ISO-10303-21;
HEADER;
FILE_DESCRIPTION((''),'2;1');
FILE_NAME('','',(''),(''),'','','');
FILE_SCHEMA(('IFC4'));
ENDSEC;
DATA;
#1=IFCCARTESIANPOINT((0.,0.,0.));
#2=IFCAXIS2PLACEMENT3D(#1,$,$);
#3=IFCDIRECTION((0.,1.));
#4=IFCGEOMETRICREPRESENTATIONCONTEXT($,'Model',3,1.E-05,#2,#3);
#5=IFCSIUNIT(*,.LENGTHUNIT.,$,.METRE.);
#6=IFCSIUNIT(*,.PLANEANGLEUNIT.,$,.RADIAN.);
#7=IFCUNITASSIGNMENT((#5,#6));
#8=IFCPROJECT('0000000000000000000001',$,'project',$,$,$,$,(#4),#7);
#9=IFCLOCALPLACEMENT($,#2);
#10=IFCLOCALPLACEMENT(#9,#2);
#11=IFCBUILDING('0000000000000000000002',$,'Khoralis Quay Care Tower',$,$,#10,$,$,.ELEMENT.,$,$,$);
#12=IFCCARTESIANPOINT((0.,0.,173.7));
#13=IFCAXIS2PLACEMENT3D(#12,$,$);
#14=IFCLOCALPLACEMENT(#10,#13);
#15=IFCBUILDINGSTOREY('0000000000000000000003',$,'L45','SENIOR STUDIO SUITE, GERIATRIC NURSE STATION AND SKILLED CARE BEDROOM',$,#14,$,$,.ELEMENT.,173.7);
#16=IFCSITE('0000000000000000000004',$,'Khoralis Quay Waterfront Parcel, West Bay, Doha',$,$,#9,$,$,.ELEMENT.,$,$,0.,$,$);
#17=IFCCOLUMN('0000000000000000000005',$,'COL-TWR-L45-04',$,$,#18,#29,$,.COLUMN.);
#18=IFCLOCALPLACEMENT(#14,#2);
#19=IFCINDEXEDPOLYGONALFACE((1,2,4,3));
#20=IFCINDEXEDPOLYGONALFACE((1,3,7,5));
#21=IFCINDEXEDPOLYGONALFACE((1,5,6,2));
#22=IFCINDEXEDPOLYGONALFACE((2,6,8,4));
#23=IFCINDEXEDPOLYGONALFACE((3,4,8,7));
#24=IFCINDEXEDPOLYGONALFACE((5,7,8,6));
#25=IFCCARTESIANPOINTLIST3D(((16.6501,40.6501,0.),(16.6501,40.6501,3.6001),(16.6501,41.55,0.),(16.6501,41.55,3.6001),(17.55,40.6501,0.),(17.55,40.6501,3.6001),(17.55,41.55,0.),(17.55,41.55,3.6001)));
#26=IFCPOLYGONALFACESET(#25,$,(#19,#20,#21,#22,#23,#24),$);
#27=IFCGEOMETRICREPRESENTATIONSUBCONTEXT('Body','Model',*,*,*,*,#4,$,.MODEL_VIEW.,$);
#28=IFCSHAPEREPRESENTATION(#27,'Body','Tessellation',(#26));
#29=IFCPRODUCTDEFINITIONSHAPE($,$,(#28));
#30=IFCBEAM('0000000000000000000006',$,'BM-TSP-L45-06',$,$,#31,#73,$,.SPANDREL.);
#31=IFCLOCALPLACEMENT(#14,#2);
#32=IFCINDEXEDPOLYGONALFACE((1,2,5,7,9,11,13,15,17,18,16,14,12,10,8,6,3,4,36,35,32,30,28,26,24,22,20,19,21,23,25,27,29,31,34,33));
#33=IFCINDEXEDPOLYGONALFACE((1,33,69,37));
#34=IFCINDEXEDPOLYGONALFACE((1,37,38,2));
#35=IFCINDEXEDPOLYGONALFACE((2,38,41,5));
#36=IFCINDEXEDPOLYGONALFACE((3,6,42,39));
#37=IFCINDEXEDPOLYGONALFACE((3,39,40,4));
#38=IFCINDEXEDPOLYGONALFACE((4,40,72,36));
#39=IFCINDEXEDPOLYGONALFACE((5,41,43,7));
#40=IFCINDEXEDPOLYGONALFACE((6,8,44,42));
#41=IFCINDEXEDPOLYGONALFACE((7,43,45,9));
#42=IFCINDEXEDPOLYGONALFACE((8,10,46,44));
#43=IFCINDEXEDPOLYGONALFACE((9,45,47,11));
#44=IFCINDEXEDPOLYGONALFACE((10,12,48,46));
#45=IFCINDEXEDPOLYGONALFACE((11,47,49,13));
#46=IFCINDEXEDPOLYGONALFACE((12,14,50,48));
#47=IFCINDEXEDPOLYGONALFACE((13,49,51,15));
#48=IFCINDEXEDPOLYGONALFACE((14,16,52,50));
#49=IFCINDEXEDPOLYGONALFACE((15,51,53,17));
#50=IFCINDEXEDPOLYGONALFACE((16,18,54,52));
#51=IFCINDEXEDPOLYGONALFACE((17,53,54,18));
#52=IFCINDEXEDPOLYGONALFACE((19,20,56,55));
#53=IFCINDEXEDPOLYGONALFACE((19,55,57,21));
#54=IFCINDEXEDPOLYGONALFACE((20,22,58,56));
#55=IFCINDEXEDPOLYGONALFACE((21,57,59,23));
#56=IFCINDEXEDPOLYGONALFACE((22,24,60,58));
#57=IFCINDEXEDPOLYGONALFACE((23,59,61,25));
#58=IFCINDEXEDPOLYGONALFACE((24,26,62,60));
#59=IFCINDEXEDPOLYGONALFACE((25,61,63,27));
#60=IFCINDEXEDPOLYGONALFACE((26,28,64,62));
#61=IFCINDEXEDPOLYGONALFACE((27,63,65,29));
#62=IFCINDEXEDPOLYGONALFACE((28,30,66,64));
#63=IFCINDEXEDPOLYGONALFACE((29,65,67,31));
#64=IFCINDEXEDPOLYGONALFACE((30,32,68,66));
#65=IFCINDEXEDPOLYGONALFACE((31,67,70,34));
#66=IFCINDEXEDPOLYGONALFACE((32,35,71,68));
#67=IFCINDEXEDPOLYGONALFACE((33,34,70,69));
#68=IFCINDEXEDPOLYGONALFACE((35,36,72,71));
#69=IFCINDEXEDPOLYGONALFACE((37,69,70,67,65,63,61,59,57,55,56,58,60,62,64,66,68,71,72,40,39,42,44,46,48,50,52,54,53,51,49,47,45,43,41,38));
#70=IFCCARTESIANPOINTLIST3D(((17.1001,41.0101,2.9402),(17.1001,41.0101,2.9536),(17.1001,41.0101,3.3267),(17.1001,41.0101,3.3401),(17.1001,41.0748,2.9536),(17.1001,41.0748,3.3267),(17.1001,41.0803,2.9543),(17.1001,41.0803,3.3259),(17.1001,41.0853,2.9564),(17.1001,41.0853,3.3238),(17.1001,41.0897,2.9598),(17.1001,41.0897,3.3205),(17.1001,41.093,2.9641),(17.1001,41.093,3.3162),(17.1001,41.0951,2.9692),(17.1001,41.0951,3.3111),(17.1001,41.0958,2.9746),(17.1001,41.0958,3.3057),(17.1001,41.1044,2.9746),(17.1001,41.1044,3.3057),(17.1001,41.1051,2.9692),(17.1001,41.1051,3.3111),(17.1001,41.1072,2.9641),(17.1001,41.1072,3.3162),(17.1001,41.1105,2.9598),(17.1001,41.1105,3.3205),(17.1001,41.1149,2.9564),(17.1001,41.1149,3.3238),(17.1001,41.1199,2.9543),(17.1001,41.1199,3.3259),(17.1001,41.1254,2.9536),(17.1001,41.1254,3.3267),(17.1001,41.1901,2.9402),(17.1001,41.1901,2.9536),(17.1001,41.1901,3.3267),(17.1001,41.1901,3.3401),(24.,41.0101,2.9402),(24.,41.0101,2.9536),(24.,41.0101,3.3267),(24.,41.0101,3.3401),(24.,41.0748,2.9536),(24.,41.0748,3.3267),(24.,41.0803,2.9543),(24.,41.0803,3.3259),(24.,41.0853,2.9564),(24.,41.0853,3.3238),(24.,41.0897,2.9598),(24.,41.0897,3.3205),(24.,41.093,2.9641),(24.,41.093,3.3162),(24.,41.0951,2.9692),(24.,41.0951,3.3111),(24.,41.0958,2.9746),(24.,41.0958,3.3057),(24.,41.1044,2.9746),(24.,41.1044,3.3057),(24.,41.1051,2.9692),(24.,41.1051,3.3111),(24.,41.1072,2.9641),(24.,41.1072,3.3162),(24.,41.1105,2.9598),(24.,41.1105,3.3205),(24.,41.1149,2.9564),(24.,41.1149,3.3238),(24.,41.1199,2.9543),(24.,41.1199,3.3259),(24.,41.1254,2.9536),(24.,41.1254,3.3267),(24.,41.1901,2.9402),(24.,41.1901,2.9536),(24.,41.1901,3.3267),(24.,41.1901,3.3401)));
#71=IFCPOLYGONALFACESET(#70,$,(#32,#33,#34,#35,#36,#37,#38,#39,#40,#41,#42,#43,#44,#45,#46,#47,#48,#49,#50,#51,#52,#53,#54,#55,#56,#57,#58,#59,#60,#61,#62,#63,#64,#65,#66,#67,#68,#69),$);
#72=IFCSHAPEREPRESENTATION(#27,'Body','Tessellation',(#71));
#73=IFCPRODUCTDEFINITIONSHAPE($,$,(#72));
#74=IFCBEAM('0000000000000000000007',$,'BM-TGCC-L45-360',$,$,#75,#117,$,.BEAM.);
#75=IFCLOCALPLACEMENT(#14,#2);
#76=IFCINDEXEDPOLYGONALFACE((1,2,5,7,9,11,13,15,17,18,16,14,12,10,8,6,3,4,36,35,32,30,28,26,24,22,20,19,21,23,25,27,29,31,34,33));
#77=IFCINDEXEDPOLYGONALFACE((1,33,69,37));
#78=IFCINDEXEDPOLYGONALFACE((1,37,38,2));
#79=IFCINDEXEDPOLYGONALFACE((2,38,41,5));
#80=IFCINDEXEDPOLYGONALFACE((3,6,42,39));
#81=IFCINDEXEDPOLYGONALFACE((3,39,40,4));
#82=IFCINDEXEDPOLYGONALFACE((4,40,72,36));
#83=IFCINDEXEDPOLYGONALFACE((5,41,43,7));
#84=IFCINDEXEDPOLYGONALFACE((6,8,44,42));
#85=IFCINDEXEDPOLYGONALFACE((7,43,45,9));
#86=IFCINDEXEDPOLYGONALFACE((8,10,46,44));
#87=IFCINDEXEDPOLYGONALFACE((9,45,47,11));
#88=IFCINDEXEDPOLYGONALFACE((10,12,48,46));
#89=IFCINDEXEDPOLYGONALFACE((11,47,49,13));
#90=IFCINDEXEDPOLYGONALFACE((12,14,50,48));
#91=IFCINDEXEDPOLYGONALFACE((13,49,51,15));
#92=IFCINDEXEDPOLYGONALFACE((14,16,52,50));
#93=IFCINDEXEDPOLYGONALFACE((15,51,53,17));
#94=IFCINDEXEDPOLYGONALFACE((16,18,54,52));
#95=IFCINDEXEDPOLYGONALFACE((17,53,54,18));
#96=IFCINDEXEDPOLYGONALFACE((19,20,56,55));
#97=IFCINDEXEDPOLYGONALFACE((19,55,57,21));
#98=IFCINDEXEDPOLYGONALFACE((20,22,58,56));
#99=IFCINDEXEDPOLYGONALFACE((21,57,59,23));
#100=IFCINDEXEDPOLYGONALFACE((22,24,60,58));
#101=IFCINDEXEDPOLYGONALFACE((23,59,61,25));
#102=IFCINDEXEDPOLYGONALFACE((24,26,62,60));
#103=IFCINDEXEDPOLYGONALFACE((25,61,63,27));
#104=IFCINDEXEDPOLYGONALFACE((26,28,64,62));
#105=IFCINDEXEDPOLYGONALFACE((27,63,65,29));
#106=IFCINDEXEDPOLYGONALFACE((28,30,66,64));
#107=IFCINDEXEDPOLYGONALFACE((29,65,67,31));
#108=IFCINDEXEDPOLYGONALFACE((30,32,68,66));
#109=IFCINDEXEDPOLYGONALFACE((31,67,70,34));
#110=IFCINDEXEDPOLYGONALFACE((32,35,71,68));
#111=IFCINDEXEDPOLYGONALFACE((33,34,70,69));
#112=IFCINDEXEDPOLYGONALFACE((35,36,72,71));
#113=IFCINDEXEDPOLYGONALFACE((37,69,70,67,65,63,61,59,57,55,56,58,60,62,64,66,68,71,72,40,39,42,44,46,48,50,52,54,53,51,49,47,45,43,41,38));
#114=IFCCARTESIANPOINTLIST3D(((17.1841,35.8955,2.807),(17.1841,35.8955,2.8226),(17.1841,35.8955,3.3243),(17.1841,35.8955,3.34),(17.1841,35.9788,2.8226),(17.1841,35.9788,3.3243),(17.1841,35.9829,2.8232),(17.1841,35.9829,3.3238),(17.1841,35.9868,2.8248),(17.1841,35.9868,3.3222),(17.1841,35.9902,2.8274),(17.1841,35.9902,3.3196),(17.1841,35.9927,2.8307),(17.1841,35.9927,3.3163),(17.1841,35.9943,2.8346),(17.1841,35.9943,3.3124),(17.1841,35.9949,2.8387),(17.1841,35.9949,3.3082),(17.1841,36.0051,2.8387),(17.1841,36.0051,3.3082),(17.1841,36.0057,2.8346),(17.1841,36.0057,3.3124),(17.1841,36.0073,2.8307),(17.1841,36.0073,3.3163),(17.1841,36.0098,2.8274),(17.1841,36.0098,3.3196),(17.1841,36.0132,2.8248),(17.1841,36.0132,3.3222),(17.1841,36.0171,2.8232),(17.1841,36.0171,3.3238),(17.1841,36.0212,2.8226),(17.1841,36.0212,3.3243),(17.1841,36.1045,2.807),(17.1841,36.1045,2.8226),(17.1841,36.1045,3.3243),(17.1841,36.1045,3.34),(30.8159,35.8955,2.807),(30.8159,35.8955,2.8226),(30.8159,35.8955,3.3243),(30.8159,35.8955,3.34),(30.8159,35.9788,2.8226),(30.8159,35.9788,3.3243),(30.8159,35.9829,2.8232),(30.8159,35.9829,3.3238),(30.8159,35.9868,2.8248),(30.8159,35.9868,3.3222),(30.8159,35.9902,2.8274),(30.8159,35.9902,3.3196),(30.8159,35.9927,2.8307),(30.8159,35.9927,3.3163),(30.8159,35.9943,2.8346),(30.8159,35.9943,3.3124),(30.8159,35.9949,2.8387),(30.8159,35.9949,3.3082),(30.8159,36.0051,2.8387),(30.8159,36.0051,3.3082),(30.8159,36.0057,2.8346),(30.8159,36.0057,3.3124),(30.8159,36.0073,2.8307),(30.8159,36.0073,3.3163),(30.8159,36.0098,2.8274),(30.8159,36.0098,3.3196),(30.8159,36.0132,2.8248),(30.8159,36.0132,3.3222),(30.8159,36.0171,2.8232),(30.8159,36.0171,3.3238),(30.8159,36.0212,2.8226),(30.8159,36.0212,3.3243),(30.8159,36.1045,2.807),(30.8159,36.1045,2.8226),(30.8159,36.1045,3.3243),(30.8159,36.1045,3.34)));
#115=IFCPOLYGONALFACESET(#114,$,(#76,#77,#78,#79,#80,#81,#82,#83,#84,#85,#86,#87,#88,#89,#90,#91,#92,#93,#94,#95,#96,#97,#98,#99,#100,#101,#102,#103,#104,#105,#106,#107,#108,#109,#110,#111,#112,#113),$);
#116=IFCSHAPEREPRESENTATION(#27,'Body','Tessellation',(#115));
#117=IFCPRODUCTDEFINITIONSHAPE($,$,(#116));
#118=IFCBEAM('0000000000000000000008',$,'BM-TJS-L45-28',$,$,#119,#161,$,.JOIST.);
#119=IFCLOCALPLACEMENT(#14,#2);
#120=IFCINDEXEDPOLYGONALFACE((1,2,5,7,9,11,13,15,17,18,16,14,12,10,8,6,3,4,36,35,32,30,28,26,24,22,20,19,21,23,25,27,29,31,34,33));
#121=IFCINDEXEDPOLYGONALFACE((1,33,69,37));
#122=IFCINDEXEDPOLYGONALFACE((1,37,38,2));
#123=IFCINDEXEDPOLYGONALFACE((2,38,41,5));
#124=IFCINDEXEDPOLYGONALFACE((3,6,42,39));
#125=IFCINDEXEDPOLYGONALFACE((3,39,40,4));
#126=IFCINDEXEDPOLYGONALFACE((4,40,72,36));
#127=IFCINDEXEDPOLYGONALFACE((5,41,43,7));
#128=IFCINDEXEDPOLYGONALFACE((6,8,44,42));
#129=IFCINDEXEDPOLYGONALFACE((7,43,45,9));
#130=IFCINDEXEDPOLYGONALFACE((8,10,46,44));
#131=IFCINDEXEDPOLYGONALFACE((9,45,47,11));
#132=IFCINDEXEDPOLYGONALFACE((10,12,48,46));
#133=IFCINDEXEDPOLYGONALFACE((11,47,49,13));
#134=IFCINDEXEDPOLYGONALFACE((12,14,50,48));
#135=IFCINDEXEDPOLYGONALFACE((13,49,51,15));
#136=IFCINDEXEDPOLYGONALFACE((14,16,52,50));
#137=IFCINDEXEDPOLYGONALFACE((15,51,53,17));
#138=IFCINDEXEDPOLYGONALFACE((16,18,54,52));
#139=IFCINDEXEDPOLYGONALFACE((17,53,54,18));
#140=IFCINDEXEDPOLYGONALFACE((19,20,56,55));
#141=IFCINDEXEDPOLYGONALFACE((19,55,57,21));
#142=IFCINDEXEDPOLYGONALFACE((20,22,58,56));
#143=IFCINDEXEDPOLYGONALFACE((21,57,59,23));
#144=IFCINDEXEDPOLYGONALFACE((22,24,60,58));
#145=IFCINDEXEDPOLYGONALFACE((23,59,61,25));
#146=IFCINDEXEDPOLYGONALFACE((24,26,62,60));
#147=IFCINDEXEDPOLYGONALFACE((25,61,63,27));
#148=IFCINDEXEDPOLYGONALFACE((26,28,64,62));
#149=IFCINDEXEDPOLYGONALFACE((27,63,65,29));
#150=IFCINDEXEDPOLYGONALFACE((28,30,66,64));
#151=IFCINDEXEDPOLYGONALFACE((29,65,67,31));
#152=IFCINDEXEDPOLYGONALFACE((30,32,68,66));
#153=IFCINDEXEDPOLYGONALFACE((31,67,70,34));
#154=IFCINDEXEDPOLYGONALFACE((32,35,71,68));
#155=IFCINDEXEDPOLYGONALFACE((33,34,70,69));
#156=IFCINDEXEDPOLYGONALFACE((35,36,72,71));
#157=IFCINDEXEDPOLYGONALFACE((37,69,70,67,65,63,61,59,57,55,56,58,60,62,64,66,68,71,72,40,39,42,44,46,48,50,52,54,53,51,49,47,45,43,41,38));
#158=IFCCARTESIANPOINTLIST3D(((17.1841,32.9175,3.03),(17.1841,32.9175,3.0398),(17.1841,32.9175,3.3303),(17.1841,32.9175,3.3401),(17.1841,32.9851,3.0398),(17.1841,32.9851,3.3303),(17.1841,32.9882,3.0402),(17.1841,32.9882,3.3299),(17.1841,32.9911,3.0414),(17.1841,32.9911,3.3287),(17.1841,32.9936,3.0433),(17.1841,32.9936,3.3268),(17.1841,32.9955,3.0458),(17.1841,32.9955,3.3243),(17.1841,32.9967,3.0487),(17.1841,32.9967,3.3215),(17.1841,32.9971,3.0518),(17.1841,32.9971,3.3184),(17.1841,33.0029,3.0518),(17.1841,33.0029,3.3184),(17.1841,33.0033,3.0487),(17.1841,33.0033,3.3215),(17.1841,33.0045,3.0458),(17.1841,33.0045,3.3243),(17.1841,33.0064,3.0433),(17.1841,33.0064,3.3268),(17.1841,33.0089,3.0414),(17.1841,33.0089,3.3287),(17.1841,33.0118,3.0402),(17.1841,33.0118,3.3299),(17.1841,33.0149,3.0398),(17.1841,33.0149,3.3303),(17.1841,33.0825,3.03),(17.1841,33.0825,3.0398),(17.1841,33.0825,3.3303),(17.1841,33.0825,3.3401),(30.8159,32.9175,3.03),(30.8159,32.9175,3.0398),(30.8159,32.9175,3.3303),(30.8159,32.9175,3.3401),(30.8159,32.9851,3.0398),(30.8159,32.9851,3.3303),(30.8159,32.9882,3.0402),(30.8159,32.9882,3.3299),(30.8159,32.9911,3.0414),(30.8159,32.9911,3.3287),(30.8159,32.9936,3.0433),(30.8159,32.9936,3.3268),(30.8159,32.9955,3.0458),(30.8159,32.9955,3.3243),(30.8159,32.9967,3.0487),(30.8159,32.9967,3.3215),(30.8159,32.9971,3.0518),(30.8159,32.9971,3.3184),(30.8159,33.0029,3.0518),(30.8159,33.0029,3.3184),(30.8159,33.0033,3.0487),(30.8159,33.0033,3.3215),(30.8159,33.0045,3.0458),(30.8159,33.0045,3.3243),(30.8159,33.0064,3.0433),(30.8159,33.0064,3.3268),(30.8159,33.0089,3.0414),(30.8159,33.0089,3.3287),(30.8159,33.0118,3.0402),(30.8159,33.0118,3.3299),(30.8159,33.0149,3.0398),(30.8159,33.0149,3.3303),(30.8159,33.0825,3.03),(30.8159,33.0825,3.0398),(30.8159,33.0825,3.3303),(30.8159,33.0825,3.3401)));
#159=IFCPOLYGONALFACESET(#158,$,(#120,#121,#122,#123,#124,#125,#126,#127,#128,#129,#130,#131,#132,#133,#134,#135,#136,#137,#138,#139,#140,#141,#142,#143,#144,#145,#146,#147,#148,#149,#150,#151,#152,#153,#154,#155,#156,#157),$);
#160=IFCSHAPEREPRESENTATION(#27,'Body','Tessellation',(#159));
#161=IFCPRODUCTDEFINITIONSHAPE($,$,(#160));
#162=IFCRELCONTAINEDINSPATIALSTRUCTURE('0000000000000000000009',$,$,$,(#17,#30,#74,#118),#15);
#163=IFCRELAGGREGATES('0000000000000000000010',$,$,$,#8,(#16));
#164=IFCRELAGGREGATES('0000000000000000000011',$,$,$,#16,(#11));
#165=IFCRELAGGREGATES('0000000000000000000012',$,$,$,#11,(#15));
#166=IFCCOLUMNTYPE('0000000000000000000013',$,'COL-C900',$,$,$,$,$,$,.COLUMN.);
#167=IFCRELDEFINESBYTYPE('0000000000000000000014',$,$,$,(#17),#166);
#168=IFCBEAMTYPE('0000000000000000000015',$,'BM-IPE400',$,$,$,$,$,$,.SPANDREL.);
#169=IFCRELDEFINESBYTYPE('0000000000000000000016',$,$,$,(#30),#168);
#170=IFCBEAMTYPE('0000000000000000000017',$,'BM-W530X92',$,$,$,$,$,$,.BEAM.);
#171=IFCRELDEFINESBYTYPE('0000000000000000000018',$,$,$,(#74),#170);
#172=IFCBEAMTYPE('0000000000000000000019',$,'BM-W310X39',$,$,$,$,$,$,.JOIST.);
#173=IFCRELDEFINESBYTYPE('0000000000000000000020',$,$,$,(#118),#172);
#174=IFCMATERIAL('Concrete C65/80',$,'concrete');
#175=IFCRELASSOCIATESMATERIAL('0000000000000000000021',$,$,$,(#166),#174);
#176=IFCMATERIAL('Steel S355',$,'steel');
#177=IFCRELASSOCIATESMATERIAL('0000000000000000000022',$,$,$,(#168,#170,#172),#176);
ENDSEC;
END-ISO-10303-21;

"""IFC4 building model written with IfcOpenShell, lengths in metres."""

from ifc_helpers import new_model, si_unit, direction, frame, origin, origin_2d, place, context, subcontext, project, spatial, rectangle, i_section, extrude, source, transform, mapped, material, material_profile, profile_set, type_object, element, save


model = new_model("IFC4")

# Units and contexts
model_context = context("Model", 3, precision=1e-05, world=origin(), true_north=direction((0.0, 1.0)))
body_context = subcontext(model_context, "Body", "Model", "MODEL_VIEW")
ifc_project = project(units=[si_unit("LENGTHUNIT", "METRE"), si_unit("PLANEANGLEUNIT", "RADIAN")], contexts=[model_context])

# Site, building, storey
site_placement = place(None, origin())
site = spatial("IfcSite", under=ifc_project, at=site_placement, Name="Khoralis Quay Waterfront Parcel, West Bay, Doha", CompositionType="ELEMENT", RefElevation=0.0)
building_placement = place(site_placement, origin())
building = spatial("IfcBuilding", under=site, at=building_placement, Name="Khoralis Quay Care Tower", CompositionType="ELEMENT")
storey_placement = place(building_placement, frame((0.0, 0.0, 173.7)))
storey = spatial("IfcBuildingStorey", under=building, at=storey_placement, Name="L45", Description="SENIOR STUDIO SUITE, GERIATRIC NURSE STATION AND SKILLED CARE BEDROOM", CompositionType="ELEMENT", Elevation=173.7)

# Column
ifc_material_1 = material(Name="Concrete C65/80", Category="concrete")
ifc_material_profile_1 = material_profile(ifc_material_1, rectangle(XDim=0.8999, YDim=0.8999, at=origin_2d()), Name="Concrete C65/80")
ifc_profile_set_1 = profile_set([ifc_material_profile_1], Name="Concrete C65/80")
column_type = type_object("IfcColumnType", Name="COL-C900", PredefinedType="COLUMN", material=ifc_profile_set_1)
shared_shape_1 = source(origin(), body_context, "Body", "SweptSolid", [
    extrude(rectangle(XDim=0.8999, YDim=0.8999, at=origin_2d()), origin(), (0.0, 0.0, 1.0), 3.6001),
])
column_placement = place(storey_placement, frame((17.1001, 41.1001, 0.0), z_axis=(0.0, 0.0, 1.0), x_axis=(1.0, 0.0, 0.0)))
element("IfcColumn", 1, at=column_placement, inside=storey, type_object=column_type, Name="COL-TWR-L45-04", PredefinedType="COLUMN", context=body_context, shape_type="MappedRepresentation", body=[
    mapped(shared_shape_1, transform((0.0, 0.0, 0.0), scale=1.0)),
])

# Beams
ifc_material_2 = material(Name="Steel S355", Category="steel")
ifc_material_profile_2 = material_profile(ifc_material_2, i_section(OverallWidth=0.1799, OverallDepth=0.3999, WebThickness=0.0085, FlangeThickness=0.0134, FilletRadius=0.021, at=origin_2d()), Name="Steel S355")
ifc_profile_set_2 = profile_set([ifc_material_profile_2], Name="Steel S355")
beam_type_1 = type_object("IfcBeamType", Name="BM-IPE400", PredefinedType="SPANDREL", material=ifc_profile_set_2)
shared_shape_2 = source(origin(), body_context, "Body", "SweptSolid", [
    extrude(i_section(OverallWidth=0.1799, OverallDepth=0.3999, WebThickness=0.0085, FlangeThickness=0.0134, FilletRadius=0.021, at=origin_2d()), origin(), (0.0, 0.0, 1.0), 6.8999),
])
beam_1_placement = place(storey_placement, frame((17.1001, 41.1001, 3.1401), z_axis=(1.0, 0.0, 0.0), x_axis=(0.0, 1.0, 0.0)))
element("IfcBeam", 2, at=beam_1_placement, inside=storey, type_object=beam_type_1, Name="BM-TSP-L45-06", PredefinedType="SPANDREL", context=body_context, shape_type="MappedRepresentation", body=[
    mapped(shared_shape_2, transform((0.0, 0.0, 0.0), scale=1.0)),
])
ifc_material_profile_3 = material_profile(ifc_material_2, i_section(OverallWidth=0.209, OverallDepth=0.533, WebThickness=0.0103, FlangeThickness=0.0156, FilletRadius=0.0161, at=origin_2d()), Name="Steel S355")
ifc_profile_set_3 = profile_set([ifc_material_profile_3], Name="Steel S355")
beam_type_2 = type_object("IfcBeamType", Name="BM-W530X92", PredefinedType="BEAM", material=ifc_profile_set_3)
shared_shape_3 = source(origin(), body_context, "Body", "SweptSolid", [
    extrude(i_section(OverallWidth=0.209, OverallDepth=0.533, WebThickness=0.0103, FlangeThickness=0.0156, FilletRadius=0.0161, at=origin_2d()), origin(), (0.0, 0.0, 1.0), 13.6318),
])
beam_2_placement = place(storey_placement, frame((17.1841, 36.0, 3.0735), z_axis=(1.0, 0.0, 0.0), x_axis=(0.0, 1.0, 0.0)))
element("IfcBeam", 3, at=beam_2_placement, inside=storey, type_object=beam_type_2, Name="BM-TGCC-L45-360", PredefinedType="BEAM", context=body_context, shape_type="MappedRepresentation", body=[
    mapped(shared_shape_3, transform((0.0, 0.0, 0.0), scale=1.0)),
])
ifc_material_profile_4 = material_profile(ifc_material_2, i_section(OverallWidth=0.165, OverallDepth=0.3101, WebThickness=0.0059, FlangeThickness=0.0098, FilletRadius=0.012, at=origin_2d()), Name="Steel S355")
ifc_profile_set_4 = profile_set([ifc_material_profile_4], Name="Steel S355")
beam_type_3 = type_object("IfcBeamType", Name="BM-W310X39", PredefinedType="JOIST", material=ifc_profile_set_4)
shared_shape_4 = source(origin(), body_context, "Body", "SweptSolid", [
    extrude(i_section(OverallWidth=0.165, OverallDepth=0.3101, WebThickness=0.0059, FlangeThickness=0.0098, FilletRadius=0.012, at=origin_2d()), origin(), (0.0, 0.0, 1.0), 13.6318),
])
for number, where, z_axis, x_axis, name in (
    (4, (17.1841, 33.0, 3.1851), (1.0, 0.0, 0.0), (0.0, 1.0, 0.0), "BM-TJS-L45-28"),
):
    element("IfcBeam", number, at=place(storey_placement, frame(where, z_axis=z_axis, x_axis=x_axis)), inside=storey, type_object=beam_type_3, Name=name, PredefinedType="JOIST", context=body_context, shape_type="MappedRepresentation", body=[
        mapped(shared_shape_4, transform((0.0, 0.0, 0.0), scale=1.0)),
    ])

save(model, "model.ifc")
